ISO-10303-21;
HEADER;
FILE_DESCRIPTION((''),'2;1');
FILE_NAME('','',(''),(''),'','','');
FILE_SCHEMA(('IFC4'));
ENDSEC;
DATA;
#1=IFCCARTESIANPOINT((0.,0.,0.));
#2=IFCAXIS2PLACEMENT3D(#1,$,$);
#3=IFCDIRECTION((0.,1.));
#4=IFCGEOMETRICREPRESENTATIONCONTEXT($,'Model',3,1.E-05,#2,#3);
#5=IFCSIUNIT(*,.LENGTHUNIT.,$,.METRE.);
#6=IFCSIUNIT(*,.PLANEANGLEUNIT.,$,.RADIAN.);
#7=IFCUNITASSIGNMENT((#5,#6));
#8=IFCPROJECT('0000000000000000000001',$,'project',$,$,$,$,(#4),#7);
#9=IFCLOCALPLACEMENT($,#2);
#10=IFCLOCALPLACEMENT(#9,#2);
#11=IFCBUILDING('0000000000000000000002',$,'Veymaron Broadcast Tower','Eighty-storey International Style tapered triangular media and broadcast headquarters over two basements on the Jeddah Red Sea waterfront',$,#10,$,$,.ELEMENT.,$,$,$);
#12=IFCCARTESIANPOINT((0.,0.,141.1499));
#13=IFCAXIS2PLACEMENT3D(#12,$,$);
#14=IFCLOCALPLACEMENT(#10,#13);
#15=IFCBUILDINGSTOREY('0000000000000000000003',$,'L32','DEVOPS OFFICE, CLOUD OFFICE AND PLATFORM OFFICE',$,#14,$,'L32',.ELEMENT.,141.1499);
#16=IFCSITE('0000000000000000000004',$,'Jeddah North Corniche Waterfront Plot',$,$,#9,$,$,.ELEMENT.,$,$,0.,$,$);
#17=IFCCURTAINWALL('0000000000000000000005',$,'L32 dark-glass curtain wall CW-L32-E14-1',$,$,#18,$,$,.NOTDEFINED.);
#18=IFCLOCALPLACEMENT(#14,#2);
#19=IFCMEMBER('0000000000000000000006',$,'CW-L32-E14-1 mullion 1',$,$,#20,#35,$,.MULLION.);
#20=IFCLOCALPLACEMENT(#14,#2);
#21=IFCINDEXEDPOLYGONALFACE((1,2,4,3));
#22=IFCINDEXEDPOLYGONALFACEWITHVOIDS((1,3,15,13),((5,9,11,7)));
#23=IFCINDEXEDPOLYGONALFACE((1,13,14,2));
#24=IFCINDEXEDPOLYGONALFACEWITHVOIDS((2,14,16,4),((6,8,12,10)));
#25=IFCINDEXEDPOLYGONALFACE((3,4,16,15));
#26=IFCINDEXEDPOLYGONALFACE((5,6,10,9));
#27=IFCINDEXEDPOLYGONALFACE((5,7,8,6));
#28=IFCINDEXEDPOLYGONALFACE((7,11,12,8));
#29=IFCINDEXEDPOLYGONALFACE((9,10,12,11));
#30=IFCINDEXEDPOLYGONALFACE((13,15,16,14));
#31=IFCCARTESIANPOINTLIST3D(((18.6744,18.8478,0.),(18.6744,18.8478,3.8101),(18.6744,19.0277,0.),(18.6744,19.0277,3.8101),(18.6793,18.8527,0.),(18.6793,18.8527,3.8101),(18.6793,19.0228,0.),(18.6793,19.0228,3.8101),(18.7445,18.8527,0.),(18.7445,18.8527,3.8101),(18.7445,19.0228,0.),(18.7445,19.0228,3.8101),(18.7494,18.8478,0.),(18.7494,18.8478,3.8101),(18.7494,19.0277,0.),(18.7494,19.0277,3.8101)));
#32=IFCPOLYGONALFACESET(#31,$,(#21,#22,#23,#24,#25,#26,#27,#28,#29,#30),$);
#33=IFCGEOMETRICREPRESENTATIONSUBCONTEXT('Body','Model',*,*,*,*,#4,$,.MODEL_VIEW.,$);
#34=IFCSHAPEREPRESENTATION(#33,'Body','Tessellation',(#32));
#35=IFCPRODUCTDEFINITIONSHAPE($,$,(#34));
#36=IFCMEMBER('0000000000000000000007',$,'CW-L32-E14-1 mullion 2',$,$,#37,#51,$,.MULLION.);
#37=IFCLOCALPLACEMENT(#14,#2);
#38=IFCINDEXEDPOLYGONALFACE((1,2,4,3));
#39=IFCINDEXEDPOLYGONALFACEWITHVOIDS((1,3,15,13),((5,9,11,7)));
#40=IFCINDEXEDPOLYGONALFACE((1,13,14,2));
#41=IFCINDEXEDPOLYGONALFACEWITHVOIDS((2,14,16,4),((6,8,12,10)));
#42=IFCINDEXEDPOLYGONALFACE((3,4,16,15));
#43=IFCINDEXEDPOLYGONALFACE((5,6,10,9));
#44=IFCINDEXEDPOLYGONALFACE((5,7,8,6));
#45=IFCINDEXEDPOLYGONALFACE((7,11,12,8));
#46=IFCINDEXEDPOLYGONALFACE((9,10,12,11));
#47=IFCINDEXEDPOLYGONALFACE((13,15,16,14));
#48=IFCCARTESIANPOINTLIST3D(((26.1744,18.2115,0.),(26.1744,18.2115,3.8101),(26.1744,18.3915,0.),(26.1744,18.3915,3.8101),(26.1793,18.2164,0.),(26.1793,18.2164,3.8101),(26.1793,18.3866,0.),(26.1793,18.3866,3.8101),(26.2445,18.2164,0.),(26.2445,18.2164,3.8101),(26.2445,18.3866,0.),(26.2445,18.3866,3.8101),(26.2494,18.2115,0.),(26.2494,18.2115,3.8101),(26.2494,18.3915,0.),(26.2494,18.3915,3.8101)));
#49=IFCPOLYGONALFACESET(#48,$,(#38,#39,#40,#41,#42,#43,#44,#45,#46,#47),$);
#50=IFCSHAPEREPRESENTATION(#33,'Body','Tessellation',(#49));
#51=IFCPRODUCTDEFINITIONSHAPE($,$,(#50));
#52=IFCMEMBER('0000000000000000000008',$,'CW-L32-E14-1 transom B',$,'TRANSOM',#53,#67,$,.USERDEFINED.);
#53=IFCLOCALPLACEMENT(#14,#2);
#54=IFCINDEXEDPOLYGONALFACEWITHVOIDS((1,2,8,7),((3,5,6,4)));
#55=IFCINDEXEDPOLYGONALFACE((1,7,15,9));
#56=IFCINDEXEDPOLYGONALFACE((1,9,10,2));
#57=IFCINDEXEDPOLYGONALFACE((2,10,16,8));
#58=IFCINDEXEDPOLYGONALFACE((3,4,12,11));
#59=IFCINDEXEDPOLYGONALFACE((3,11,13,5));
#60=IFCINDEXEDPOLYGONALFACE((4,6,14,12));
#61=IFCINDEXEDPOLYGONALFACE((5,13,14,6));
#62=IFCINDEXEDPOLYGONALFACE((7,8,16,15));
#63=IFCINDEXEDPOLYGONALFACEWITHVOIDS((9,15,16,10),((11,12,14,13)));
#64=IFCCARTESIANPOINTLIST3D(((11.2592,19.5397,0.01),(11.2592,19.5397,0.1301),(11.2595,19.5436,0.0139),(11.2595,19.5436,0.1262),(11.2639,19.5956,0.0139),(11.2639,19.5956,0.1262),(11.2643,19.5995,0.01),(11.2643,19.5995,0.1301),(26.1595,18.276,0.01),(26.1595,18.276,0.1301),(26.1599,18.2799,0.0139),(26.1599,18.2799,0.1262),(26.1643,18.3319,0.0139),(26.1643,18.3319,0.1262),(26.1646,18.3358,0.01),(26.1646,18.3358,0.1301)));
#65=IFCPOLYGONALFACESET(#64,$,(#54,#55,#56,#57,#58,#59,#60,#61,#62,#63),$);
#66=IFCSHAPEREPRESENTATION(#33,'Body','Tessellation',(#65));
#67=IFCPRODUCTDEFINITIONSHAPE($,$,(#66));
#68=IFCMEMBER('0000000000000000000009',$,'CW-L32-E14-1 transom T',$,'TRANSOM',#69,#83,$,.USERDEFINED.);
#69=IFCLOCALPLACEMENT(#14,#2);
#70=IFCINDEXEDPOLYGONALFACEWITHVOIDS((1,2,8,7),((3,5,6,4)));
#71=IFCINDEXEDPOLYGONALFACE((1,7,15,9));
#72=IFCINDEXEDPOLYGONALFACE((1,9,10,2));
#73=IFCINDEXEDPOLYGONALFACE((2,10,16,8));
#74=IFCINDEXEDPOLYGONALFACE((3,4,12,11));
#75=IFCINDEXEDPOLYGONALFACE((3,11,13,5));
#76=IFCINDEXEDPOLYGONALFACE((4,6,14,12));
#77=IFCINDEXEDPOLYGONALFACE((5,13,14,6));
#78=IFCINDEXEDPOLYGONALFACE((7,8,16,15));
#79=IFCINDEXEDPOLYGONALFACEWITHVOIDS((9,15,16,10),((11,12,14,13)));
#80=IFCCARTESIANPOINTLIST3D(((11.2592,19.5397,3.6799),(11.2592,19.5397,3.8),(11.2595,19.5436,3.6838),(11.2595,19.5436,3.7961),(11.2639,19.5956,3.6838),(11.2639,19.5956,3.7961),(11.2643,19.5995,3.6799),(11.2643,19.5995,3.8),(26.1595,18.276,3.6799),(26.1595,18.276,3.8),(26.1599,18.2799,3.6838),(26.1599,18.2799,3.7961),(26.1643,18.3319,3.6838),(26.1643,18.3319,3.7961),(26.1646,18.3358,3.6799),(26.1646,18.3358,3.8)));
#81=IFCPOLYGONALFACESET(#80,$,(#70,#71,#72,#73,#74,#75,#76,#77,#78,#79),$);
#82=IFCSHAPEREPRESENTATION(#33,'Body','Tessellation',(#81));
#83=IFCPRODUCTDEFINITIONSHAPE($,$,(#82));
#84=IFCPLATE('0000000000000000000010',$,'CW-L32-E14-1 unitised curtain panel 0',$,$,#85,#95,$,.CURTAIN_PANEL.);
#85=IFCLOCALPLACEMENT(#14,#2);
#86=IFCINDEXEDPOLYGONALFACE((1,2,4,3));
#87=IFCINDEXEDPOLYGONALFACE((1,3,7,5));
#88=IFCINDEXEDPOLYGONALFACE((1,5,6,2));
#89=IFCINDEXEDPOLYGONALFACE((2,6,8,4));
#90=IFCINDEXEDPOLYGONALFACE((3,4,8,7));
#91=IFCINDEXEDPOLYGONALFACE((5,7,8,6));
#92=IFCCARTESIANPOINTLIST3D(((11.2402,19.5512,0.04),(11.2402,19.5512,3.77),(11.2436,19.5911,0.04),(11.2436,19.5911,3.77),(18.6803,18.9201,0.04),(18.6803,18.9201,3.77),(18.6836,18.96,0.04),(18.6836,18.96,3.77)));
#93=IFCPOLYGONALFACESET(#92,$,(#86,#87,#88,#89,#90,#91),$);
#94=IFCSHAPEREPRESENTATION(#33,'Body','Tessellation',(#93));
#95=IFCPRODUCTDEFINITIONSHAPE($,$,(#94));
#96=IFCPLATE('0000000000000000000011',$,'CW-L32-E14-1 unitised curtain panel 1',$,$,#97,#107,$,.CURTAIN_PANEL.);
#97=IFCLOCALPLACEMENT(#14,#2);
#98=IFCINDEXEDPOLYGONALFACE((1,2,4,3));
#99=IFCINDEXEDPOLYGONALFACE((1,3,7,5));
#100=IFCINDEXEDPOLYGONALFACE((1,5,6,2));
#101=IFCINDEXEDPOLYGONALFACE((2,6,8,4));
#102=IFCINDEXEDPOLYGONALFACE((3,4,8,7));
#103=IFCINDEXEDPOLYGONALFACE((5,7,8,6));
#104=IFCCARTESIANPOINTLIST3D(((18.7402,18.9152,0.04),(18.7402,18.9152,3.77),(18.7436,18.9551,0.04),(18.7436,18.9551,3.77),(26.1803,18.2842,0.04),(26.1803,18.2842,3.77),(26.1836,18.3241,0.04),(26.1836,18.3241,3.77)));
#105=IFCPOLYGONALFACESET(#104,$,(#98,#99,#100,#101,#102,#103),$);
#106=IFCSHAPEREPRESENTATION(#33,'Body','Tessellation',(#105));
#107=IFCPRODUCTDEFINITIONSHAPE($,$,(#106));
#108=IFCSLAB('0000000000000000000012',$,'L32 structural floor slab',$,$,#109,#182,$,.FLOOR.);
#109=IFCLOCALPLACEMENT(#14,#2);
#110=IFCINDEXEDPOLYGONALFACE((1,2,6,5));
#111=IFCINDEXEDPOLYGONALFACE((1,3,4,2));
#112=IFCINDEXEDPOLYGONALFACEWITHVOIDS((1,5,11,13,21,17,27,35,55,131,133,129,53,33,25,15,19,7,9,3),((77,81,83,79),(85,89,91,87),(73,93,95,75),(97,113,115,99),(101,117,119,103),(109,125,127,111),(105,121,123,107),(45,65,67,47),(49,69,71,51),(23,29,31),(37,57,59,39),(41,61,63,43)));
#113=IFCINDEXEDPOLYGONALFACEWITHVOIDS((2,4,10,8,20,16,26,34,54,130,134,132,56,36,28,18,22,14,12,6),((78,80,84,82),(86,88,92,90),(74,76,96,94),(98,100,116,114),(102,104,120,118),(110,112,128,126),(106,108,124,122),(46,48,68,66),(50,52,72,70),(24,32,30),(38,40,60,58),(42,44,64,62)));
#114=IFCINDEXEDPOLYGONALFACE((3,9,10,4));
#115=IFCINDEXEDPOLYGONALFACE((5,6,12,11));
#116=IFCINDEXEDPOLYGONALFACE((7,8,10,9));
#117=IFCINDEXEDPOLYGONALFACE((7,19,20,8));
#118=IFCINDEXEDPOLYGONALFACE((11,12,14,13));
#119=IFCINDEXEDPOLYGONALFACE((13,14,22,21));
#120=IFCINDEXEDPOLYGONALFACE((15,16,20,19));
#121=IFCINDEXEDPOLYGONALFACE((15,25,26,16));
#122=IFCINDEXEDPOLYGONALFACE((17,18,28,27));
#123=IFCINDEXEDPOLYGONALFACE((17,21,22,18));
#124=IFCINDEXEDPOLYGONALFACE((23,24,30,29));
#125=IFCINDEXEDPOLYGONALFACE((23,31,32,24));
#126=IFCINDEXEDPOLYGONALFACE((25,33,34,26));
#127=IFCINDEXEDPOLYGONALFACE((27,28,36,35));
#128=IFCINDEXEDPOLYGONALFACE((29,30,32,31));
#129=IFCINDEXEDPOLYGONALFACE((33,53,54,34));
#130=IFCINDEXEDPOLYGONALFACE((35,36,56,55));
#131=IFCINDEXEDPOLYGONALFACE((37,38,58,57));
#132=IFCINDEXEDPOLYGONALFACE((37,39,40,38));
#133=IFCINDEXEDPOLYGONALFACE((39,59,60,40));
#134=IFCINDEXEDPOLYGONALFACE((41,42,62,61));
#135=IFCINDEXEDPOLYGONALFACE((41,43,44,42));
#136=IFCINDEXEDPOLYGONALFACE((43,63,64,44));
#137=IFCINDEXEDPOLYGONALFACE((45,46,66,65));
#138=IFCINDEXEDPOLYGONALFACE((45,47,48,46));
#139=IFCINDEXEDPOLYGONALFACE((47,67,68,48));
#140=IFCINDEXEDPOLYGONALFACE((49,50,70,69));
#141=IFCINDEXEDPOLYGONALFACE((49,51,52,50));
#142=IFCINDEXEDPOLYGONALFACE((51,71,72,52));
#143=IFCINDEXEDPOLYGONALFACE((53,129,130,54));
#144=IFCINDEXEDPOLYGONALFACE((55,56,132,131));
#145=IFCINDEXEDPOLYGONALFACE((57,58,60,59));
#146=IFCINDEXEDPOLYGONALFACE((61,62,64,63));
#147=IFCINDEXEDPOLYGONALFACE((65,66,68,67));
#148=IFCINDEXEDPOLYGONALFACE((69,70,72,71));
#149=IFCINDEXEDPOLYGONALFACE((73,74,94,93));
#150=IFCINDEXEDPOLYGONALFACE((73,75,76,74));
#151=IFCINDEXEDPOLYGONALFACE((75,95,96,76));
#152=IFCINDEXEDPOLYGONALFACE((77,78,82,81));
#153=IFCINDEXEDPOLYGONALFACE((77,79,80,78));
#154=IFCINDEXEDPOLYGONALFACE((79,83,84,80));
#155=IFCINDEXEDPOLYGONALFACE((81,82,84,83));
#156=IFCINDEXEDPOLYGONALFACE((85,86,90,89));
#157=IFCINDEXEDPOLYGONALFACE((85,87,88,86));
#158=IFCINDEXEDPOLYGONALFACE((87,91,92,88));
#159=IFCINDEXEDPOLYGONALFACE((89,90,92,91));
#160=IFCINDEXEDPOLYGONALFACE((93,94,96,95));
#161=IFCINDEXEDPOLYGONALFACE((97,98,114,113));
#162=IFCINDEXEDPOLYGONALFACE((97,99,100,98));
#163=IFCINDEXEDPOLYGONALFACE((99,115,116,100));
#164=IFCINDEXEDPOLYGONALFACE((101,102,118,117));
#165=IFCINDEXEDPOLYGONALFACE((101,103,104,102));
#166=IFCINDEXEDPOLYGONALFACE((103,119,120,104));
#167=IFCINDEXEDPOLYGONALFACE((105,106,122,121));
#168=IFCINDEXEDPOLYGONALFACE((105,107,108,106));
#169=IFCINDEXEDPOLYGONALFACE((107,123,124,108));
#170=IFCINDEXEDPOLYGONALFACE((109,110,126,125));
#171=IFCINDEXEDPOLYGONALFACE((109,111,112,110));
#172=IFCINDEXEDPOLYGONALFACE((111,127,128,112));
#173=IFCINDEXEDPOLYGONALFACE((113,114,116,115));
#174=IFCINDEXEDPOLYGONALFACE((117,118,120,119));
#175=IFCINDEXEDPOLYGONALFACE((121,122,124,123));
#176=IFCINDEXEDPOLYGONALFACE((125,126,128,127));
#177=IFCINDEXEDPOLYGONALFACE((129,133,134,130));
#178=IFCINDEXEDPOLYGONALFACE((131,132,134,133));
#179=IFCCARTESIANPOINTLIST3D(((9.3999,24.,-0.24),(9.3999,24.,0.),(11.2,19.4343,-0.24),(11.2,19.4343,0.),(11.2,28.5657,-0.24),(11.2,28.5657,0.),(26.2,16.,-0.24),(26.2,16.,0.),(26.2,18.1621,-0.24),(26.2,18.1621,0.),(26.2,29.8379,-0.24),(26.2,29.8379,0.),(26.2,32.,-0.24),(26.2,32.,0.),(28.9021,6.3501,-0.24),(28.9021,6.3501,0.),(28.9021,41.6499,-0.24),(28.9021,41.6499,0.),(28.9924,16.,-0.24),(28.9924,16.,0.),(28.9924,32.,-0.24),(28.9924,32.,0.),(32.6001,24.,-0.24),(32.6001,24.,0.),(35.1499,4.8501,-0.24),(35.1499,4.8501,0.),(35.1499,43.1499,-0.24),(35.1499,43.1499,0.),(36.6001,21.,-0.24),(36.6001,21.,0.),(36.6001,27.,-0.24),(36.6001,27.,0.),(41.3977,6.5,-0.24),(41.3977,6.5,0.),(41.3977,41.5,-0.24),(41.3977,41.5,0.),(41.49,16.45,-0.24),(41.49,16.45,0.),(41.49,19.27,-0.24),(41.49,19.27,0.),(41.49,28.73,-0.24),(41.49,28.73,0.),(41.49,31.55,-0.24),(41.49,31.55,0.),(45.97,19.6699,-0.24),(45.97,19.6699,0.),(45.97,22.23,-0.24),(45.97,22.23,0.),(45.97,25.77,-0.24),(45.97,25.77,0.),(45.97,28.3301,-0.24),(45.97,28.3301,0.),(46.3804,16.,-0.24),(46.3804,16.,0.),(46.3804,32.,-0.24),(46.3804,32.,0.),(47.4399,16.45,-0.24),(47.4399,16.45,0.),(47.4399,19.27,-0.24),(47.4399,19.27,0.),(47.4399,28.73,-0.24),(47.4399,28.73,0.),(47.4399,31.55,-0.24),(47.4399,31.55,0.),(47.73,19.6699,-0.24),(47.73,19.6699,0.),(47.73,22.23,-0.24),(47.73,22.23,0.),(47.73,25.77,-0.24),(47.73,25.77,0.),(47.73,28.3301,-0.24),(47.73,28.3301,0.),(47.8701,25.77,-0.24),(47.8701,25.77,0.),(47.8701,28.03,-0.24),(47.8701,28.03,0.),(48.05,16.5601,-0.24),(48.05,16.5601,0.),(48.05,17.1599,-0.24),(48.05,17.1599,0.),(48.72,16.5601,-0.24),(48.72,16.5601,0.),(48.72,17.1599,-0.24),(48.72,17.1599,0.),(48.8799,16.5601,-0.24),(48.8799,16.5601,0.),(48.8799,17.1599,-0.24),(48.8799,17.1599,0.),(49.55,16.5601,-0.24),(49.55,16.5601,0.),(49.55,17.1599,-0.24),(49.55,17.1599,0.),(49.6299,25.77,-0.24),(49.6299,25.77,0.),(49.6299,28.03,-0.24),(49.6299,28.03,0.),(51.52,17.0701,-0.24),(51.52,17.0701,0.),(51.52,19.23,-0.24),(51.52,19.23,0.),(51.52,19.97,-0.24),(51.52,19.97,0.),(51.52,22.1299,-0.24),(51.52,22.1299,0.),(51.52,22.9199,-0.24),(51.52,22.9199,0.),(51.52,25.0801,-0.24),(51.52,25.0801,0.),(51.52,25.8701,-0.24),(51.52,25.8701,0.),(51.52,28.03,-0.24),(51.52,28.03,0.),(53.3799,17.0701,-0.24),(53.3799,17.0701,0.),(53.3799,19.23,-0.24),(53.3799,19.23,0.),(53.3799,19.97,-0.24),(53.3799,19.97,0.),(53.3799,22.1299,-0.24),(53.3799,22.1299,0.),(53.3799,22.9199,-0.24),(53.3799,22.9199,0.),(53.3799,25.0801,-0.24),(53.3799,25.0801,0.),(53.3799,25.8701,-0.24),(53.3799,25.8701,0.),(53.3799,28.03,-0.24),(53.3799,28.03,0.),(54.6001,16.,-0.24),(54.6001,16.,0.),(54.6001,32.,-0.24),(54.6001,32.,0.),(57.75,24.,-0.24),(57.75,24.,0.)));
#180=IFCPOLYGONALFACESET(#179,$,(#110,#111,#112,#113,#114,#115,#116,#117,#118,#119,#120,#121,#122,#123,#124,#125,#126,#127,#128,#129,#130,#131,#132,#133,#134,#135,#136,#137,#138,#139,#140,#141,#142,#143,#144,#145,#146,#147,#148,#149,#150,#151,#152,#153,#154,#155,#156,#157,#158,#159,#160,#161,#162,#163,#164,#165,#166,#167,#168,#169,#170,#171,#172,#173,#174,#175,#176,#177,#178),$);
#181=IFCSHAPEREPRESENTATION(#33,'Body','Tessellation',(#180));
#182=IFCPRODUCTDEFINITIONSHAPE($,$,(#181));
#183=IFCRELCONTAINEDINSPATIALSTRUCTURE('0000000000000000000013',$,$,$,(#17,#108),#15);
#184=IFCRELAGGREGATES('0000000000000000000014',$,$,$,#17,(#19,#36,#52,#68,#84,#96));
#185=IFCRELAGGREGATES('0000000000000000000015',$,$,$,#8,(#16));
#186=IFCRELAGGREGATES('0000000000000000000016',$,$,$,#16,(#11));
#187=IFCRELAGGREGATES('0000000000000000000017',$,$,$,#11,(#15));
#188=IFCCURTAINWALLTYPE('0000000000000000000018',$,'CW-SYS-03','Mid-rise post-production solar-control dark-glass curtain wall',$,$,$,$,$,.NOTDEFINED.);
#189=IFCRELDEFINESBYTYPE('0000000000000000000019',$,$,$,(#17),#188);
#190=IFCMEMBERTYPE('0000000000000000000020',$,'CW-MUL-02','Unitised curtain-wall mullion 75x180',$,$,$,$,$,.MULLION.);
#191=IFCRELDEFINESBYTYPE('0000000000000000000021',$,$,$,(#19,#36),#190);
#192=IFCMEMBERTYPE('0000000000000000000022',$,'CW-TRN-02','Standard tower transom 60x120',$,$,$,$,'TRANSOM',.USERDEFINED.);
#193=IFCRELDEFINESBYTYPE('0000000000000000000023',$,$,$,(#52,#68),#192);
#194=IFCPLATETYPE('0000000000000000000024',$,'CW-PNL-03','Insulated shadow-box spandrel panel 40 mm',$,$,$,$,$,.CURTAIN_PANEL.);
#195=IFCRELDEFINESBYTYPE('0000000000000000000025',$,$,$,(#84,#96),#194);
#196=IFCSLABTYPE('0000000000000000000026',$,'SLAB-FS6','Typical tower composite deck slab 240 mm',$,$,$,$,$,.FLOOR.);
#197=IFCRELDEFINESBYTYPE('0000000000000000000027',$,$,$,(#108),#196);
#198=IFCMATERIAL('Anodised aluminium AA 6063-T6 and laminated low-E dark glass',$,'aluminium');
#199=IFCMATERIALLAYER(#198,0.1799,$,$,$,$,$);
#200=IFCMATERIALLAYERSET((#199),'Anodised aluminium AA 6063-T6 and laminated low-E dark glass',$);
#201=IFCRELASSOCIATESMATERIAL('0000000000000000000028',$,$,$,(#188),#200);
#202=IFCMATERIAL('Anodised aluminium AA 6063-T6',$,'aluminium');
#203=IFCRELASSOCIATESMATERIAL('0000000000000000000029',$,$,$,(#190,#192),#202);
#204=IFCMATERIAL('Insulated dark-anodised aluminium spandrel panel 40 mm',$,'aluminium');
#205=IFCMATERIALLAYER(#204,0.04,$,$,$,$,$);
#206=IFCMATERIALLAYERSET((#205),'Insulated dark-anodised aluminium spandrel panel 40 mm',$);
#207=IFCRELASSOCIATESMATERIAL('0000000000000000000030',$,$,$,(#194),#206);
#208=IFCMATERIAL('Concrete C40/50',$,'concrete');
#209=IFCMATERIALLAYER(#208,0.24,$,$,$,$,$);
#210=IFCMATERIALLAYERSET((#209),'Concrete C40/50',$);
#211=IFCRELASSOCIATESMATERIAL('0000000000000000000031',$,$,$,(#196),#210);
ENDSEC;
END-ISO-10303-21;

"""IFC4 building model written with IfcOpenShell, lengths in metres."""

from ifc_helpers import new_model, si_unit, direction, frame, origin, origin_2d, place, context, subcontext, project, spatial, polyline, rectangle, hollow_rectangle, outline, extrude, material, layer, layer_set, material_profile, profile_set, type_object, element, aggregate, save


model = new_model("IFC4")

# Units and contexts
model_context = context("Model", 3, precision=1e-05, world=origin(), true_north=direction((0.0, 1.0)))
body_context = subcontext(model_context, "Body", "Model", "MODEL_VIEW")
ifc_project = project(units=[si_unit("LENGTHUNIT", "METRE"), si_unit("PLANEANGLEUNIT", "RADIAN")], contexts=[model_context])

# Site, building, storey
site_placement = place(None, origin())
site = spatial("IfcSite", under=ifc_project, at=site_placement, Name="Jeddah North Corniche Waterfront Plot", CompositionType="ELEMENT", RefElevation=0.0)
building_placement = place(site_placement, origin())
building = spatial("IfcBuilding", under=site, at=building_placement, Name="Veymaron Broadcast Tower", Description="Eighty-storey International Style tapered triangular media and broadcast headquarters over two basements on the Jeddah Red Sea waterfront", CompositionType="ELEMENT")
storey_placement = place(building_placement, frame((0.0, 0.0, 141.1499)))
storey = spatial("IfcBuildingStorey", under=building, at=storey_placement, Name="L32", Description="DEVOPS OFFICE, CLOUD OFFICE AND PLATFORM OFFICE", LongName="L32", CompositionType="ELEMENT", Elevation=141.1499)

# Curtain wall, members, plates
ifc_material_1 = material(Name="Anodised aluminium AA 6063-T6 and laminated low-E dark glass", Category="aluminium")
ifc_layer_1 = layer(ifc_material_1, 0.1799)
ifc_layer_set_1 = layer_set([ifc_layer_1], Name="Anodised aluminium AA 6063-T6 and laminated low-E dark glass")
curtain_wall_type = type_object("IfcCurtainWallType", Name="CW-SYS-03", Description="Mid-rise post-production solar-control dark-glass curtain wall", PredefinedType="NOTDEFINED", material=ifc_layer_set_1)
curtain_wall_placement = place(storey_placement, origin())
curtain_wall = element("IfcCurtainWall", 1, at=curtain_wall_placement, inside=storey, type_object=curtain_wall_type, Name="L32 dark-glass curtain wall CW-L32-E14-1", PredefinedType="NOTDEFINED")
ifc_material_2 = material(Name="Anodised aluminium AA 6063-T6", Category="aluminium")
ifc_material_profile_1 = material_profile(ifc_material_2, hollow_rectangle(XDim=0.075, YDim=0.1799, WallThickness=0.0049, at=origin_2d()), Name="AL180X75X5")
ifc_profile_set_1 = profile_set([ifc_material_profile_1], Name="Anodised aluminium AA 6063-T6")
member_type_1 = type_object("IfcMemberType", Name="CW-MUL-02", Description="Unitised curtain-wall mullion 75x180", PredefinedType="MULLION", material=ifc_profile_set_1)
member_1_placement = place(storey_placement, frame((18.7119, 18.9377, 0.0), z_axis=(0.0, 0.0, 1.0), x_axis=(1.0, 0.0, 0.0)))
member_1 = element("IfcMember", 2, at=member_1_placement, type_object=member_type_1, Name="CW-L32-E14-1 mullion 1", PredefinedType="MULLION", context=body_context, shape_type="SweptSolid", body=[
    extrude(hollow_rectangle(XDim=0.075, YDim=0.1799, WallThickness=0.0049, at=origin_2d()), origin(), (0.0, 0.0, 1.0), 3.8101),
])
member_2_placement = place(storey_placement, frame((26.2119, 18.3015, 0.0), z_axis=(0.0, 0.0, 1.0), x_axis=(1.0, 0.0, 0.0)))
member_2 = element("IfcMember", 3, at=member_2_placement, type_object=member_type_1, Name="CW-L32-E14-1 mullion 2", PredefinedType="MULLION", context=body_context, shape_type="SweptSolid", body=[
    extrude(hollow_rectangle(XDim=0.075, YDim=0.1799, WallThickness=0.0049, at=origin_2d()), origin(), (0.0, 0.0, 1.0), 3.8101),
])
ifc_material_profile_2 = material_profile(ifc_material_2, hollow_rectangle(XDim=0.0601, YDim=0.1201, WallThickness=0.0039, at=origin_2d()), Name="AL120X60X4")
ifc_profile_set_2 = profile_set([ifc_material_profile_2], Name="Anodised aluminium AA 6063-T6")
member_type_2 = type_object("IfcMemberType", Name="CW-TRN-02", Description="Standard tower transom 60x120", ElementType="TRANSOM", PredefinedType="USERDEFINED", material=ifc_profile_set_2)
member_3_placement = place(storey_placement, frame((11.2617, 19.5696, 0.0701), z_axis=(0.996423, -0.084505, 0.0), x_axis=(0.084505, 0.996423, 0.0)))
member_3 = element("IfcMember", 4, at=member_3_placement, type_object=member_type_2, Name="CW-L32-E14-1 transom B", ObjectType="TRANSOM", PredefinedType="USERDEFINED", context=body_context, shape_type="SweptSolid", body=[
    extrude(hollow_rectangle(XDim=0.0601, YDim=0.1201, WallThickness=0.0039, at=origin_2d()), origin(), (0.0, 0.0, 1.0), 14.9539),
])
member_4_placement = place(storey_placement, frame((11.2617, 19.5696, 3.74), z_axis=(0.996423, -0.084505, 0.0), x_axis=(0.084505, 0.996423, 0.0)))
member_4 = element("IfcMember", 5, at=member_4_placement, type_object=member_type_2, Name="CW-L32-E14-1 transom T", ObjectType="TRANSOM", PredefinedType="USERDEFINED", context=body_context, shape_type="SweptSolid", body=[
    extrude(hollow_rectangle(XDim=0.0601, YDim=0.1201, WallThickness=0.0039, at=origin_2d()), origin(), (0.0, 0.0, 1.0), 14.9539),
])
ifc_material_3 = material(Name="Insulated dark-anodised aluminium spandrel panel 40 mm", Category="aluminium")
ifc_layer_2 = layer(ifc_material_3, 0.04)
ifc_layer_set_2 = layer_set([ifc_layer_2], Name="Insulated dark-anodised aluminium spandrel panel 40 mm")
plate_type = type_object("IfcPlateType", Name="CW-PNL-03", Description="Insulated shadow-box spandrel panel 40 mm", PredefinedType="CURTAIN_PANEL", material=ifc_layer_set_2)
plate_1_placement = place(storey_placement, frame((14.9619, 19.2556, 0.04), z_axis=(0.0, 0.0, 1.0), x_axis=(0.996422, -0.084513, 0.0)))
plate_1 = element("IfcPlate", 6, at=plate_1_placement, type_object=plate_type, Name="CW-L32-E14-1 unitised curtain panel 0", PredefinedType="CURTAIN_PANEL", context=body_context, shape_type="SweptSolid", body=[
    extrude(rectangle(XDim=7.4668, YDim=0.04, at=origin_2d()), origin(), (0.0, 0.0, 1.0), 3.73),
])
plate_2_placement = place(storey_placement, frame((22.4619, 18.6196, 0.04), z_axis=(0.0, 0.0, 1.0), x_axis=(0.996422, -0.084513, 0.0)))
plate_2 = element("IfcPlate", 7, at=plate_2_placement, type_object=plate_type, Name="CW-L32-E14-1 unitised curtain panel 1", PredefinedType="CURTAIN_PANEL", context=body_context, shape_type="SweptSolid", body=[
    extrude(rectangle(XDim=7.4668, YDim=0.04, at=origin_2d()), origin(), (0.0, 0.0, 1.0), 3.73),
])
aggregate(curtain_wall, [member_1, member_2, member_3, member_4, plate_1, plate_2])

# Slab
ifc_material_4 = material(Name="Concrete C40/50", Category="concrete")
ifc_layer_3 = layer(ifc_material_4, 0.24)
ifc_layer_set_3 = layer_set([ifc_layer_3], Name="Concrete C40/50")
slab_type_1 = type_object("IfcSlabType", Name="SLAB-FS6", Description="Typical tower composite deck slab 240 mm", PredefinedType="FLOOR", material=ifc_layer_set_3)
slab_1_placement = place(storey_placement, frame((0.0, 0.0, -0.24)))
element("IfcSlab", 8, at=slab_1_placement, inside=storey, type_object=slab_type_1, Name="L32 structural floor slab", PredefinedType="FLOOR", context=body_context, shape_type="SweptSolid", body=[
    extrude(outline(polyline([(46.3804, 16.0), (54.6001, 16.0), (57.75, 24.0), (54.6001, 32.0), (46.3804, 32.0), (41.3977, 41.5), (35.1499, 43.1499), (28.9021, 41.6499), (28.9924, 32.0), (26.2, 32.0), (26.2, 29.8379), (11.2, 28.5657), (9.3999, 24.0), (11.2, 19.4343), (26.2, 18.1621), (26.2, 16.0), (28.9924, 16.0), (28.9021, 6.3501), (35.1499, 4.8501), (41.3977, 6.5), (46.3804, 16.0)]), holes=[polyline([(45.97, 28.3301), (47.73, 28.3301), (47.73, 25.77), (45.97, 25.77), (45.97, 28.3301)]), polyline([(45.97, 22.23), (47.73, 22.23), (47.73, 19.6699), (45.97, 19.6699), (45.97, 22.23)]), polyline([(47.8701, 28.03), (49.6299, 28.03), (49.6299, 25.77), (47.8701, 25.77), (47.8701, 28.03)]), polyline([(51.52, 28.03), (53.3799, 28.03), (53.3799, 25.8701), (51.52, 25.8701), (51.52, 28.03)]), polyline([(51.52, 22.1299), (53.3799, 22.1299), (53.3799, 19.97), (51.52, 19.97), (51.52, 22.1299)]), polyline([(51.52, 25.0801), (53.3799, 25.0801), (53.3799, 22.9199), (51.52, 22.9199), (51.52, 25.0801)]), polyline([(51.52, 19.23), (53.3799, 19.23), (53.3799, 17.0701), (51.52, 17.0701), (51.52, 19.23)]), polyline([(48.05, 17.1599), (48.72, 17.1599), (48.72, 16.5601), (48.05, 16.5601), (48.05, 17.1599)]), polyline([(48.8799, 17.1599), (49.55, 17.1599), (49.55, 16.5601), (48.8799, 16.5601), (48.8799, 17.1599)]), polyline([(36.6001, 27.0), (36.6001, 21.0), (32.6001, 24.0), (36.6001, 27.0)]), polyline([(41.49, 31.55), (47.4399, 31.55), (47.4399, 28.73), (41.49, 28.73), (41.49, 31.55)]), polyline([(41.49, 19.27), (47.4399, 19.27), (47.4399, 16.45), (41.49, 16.45), (41.49, 19.27)])]), origin(), (0.0, 0.0, 1.0), 0.24),
])

save(model, "model.ifc")
